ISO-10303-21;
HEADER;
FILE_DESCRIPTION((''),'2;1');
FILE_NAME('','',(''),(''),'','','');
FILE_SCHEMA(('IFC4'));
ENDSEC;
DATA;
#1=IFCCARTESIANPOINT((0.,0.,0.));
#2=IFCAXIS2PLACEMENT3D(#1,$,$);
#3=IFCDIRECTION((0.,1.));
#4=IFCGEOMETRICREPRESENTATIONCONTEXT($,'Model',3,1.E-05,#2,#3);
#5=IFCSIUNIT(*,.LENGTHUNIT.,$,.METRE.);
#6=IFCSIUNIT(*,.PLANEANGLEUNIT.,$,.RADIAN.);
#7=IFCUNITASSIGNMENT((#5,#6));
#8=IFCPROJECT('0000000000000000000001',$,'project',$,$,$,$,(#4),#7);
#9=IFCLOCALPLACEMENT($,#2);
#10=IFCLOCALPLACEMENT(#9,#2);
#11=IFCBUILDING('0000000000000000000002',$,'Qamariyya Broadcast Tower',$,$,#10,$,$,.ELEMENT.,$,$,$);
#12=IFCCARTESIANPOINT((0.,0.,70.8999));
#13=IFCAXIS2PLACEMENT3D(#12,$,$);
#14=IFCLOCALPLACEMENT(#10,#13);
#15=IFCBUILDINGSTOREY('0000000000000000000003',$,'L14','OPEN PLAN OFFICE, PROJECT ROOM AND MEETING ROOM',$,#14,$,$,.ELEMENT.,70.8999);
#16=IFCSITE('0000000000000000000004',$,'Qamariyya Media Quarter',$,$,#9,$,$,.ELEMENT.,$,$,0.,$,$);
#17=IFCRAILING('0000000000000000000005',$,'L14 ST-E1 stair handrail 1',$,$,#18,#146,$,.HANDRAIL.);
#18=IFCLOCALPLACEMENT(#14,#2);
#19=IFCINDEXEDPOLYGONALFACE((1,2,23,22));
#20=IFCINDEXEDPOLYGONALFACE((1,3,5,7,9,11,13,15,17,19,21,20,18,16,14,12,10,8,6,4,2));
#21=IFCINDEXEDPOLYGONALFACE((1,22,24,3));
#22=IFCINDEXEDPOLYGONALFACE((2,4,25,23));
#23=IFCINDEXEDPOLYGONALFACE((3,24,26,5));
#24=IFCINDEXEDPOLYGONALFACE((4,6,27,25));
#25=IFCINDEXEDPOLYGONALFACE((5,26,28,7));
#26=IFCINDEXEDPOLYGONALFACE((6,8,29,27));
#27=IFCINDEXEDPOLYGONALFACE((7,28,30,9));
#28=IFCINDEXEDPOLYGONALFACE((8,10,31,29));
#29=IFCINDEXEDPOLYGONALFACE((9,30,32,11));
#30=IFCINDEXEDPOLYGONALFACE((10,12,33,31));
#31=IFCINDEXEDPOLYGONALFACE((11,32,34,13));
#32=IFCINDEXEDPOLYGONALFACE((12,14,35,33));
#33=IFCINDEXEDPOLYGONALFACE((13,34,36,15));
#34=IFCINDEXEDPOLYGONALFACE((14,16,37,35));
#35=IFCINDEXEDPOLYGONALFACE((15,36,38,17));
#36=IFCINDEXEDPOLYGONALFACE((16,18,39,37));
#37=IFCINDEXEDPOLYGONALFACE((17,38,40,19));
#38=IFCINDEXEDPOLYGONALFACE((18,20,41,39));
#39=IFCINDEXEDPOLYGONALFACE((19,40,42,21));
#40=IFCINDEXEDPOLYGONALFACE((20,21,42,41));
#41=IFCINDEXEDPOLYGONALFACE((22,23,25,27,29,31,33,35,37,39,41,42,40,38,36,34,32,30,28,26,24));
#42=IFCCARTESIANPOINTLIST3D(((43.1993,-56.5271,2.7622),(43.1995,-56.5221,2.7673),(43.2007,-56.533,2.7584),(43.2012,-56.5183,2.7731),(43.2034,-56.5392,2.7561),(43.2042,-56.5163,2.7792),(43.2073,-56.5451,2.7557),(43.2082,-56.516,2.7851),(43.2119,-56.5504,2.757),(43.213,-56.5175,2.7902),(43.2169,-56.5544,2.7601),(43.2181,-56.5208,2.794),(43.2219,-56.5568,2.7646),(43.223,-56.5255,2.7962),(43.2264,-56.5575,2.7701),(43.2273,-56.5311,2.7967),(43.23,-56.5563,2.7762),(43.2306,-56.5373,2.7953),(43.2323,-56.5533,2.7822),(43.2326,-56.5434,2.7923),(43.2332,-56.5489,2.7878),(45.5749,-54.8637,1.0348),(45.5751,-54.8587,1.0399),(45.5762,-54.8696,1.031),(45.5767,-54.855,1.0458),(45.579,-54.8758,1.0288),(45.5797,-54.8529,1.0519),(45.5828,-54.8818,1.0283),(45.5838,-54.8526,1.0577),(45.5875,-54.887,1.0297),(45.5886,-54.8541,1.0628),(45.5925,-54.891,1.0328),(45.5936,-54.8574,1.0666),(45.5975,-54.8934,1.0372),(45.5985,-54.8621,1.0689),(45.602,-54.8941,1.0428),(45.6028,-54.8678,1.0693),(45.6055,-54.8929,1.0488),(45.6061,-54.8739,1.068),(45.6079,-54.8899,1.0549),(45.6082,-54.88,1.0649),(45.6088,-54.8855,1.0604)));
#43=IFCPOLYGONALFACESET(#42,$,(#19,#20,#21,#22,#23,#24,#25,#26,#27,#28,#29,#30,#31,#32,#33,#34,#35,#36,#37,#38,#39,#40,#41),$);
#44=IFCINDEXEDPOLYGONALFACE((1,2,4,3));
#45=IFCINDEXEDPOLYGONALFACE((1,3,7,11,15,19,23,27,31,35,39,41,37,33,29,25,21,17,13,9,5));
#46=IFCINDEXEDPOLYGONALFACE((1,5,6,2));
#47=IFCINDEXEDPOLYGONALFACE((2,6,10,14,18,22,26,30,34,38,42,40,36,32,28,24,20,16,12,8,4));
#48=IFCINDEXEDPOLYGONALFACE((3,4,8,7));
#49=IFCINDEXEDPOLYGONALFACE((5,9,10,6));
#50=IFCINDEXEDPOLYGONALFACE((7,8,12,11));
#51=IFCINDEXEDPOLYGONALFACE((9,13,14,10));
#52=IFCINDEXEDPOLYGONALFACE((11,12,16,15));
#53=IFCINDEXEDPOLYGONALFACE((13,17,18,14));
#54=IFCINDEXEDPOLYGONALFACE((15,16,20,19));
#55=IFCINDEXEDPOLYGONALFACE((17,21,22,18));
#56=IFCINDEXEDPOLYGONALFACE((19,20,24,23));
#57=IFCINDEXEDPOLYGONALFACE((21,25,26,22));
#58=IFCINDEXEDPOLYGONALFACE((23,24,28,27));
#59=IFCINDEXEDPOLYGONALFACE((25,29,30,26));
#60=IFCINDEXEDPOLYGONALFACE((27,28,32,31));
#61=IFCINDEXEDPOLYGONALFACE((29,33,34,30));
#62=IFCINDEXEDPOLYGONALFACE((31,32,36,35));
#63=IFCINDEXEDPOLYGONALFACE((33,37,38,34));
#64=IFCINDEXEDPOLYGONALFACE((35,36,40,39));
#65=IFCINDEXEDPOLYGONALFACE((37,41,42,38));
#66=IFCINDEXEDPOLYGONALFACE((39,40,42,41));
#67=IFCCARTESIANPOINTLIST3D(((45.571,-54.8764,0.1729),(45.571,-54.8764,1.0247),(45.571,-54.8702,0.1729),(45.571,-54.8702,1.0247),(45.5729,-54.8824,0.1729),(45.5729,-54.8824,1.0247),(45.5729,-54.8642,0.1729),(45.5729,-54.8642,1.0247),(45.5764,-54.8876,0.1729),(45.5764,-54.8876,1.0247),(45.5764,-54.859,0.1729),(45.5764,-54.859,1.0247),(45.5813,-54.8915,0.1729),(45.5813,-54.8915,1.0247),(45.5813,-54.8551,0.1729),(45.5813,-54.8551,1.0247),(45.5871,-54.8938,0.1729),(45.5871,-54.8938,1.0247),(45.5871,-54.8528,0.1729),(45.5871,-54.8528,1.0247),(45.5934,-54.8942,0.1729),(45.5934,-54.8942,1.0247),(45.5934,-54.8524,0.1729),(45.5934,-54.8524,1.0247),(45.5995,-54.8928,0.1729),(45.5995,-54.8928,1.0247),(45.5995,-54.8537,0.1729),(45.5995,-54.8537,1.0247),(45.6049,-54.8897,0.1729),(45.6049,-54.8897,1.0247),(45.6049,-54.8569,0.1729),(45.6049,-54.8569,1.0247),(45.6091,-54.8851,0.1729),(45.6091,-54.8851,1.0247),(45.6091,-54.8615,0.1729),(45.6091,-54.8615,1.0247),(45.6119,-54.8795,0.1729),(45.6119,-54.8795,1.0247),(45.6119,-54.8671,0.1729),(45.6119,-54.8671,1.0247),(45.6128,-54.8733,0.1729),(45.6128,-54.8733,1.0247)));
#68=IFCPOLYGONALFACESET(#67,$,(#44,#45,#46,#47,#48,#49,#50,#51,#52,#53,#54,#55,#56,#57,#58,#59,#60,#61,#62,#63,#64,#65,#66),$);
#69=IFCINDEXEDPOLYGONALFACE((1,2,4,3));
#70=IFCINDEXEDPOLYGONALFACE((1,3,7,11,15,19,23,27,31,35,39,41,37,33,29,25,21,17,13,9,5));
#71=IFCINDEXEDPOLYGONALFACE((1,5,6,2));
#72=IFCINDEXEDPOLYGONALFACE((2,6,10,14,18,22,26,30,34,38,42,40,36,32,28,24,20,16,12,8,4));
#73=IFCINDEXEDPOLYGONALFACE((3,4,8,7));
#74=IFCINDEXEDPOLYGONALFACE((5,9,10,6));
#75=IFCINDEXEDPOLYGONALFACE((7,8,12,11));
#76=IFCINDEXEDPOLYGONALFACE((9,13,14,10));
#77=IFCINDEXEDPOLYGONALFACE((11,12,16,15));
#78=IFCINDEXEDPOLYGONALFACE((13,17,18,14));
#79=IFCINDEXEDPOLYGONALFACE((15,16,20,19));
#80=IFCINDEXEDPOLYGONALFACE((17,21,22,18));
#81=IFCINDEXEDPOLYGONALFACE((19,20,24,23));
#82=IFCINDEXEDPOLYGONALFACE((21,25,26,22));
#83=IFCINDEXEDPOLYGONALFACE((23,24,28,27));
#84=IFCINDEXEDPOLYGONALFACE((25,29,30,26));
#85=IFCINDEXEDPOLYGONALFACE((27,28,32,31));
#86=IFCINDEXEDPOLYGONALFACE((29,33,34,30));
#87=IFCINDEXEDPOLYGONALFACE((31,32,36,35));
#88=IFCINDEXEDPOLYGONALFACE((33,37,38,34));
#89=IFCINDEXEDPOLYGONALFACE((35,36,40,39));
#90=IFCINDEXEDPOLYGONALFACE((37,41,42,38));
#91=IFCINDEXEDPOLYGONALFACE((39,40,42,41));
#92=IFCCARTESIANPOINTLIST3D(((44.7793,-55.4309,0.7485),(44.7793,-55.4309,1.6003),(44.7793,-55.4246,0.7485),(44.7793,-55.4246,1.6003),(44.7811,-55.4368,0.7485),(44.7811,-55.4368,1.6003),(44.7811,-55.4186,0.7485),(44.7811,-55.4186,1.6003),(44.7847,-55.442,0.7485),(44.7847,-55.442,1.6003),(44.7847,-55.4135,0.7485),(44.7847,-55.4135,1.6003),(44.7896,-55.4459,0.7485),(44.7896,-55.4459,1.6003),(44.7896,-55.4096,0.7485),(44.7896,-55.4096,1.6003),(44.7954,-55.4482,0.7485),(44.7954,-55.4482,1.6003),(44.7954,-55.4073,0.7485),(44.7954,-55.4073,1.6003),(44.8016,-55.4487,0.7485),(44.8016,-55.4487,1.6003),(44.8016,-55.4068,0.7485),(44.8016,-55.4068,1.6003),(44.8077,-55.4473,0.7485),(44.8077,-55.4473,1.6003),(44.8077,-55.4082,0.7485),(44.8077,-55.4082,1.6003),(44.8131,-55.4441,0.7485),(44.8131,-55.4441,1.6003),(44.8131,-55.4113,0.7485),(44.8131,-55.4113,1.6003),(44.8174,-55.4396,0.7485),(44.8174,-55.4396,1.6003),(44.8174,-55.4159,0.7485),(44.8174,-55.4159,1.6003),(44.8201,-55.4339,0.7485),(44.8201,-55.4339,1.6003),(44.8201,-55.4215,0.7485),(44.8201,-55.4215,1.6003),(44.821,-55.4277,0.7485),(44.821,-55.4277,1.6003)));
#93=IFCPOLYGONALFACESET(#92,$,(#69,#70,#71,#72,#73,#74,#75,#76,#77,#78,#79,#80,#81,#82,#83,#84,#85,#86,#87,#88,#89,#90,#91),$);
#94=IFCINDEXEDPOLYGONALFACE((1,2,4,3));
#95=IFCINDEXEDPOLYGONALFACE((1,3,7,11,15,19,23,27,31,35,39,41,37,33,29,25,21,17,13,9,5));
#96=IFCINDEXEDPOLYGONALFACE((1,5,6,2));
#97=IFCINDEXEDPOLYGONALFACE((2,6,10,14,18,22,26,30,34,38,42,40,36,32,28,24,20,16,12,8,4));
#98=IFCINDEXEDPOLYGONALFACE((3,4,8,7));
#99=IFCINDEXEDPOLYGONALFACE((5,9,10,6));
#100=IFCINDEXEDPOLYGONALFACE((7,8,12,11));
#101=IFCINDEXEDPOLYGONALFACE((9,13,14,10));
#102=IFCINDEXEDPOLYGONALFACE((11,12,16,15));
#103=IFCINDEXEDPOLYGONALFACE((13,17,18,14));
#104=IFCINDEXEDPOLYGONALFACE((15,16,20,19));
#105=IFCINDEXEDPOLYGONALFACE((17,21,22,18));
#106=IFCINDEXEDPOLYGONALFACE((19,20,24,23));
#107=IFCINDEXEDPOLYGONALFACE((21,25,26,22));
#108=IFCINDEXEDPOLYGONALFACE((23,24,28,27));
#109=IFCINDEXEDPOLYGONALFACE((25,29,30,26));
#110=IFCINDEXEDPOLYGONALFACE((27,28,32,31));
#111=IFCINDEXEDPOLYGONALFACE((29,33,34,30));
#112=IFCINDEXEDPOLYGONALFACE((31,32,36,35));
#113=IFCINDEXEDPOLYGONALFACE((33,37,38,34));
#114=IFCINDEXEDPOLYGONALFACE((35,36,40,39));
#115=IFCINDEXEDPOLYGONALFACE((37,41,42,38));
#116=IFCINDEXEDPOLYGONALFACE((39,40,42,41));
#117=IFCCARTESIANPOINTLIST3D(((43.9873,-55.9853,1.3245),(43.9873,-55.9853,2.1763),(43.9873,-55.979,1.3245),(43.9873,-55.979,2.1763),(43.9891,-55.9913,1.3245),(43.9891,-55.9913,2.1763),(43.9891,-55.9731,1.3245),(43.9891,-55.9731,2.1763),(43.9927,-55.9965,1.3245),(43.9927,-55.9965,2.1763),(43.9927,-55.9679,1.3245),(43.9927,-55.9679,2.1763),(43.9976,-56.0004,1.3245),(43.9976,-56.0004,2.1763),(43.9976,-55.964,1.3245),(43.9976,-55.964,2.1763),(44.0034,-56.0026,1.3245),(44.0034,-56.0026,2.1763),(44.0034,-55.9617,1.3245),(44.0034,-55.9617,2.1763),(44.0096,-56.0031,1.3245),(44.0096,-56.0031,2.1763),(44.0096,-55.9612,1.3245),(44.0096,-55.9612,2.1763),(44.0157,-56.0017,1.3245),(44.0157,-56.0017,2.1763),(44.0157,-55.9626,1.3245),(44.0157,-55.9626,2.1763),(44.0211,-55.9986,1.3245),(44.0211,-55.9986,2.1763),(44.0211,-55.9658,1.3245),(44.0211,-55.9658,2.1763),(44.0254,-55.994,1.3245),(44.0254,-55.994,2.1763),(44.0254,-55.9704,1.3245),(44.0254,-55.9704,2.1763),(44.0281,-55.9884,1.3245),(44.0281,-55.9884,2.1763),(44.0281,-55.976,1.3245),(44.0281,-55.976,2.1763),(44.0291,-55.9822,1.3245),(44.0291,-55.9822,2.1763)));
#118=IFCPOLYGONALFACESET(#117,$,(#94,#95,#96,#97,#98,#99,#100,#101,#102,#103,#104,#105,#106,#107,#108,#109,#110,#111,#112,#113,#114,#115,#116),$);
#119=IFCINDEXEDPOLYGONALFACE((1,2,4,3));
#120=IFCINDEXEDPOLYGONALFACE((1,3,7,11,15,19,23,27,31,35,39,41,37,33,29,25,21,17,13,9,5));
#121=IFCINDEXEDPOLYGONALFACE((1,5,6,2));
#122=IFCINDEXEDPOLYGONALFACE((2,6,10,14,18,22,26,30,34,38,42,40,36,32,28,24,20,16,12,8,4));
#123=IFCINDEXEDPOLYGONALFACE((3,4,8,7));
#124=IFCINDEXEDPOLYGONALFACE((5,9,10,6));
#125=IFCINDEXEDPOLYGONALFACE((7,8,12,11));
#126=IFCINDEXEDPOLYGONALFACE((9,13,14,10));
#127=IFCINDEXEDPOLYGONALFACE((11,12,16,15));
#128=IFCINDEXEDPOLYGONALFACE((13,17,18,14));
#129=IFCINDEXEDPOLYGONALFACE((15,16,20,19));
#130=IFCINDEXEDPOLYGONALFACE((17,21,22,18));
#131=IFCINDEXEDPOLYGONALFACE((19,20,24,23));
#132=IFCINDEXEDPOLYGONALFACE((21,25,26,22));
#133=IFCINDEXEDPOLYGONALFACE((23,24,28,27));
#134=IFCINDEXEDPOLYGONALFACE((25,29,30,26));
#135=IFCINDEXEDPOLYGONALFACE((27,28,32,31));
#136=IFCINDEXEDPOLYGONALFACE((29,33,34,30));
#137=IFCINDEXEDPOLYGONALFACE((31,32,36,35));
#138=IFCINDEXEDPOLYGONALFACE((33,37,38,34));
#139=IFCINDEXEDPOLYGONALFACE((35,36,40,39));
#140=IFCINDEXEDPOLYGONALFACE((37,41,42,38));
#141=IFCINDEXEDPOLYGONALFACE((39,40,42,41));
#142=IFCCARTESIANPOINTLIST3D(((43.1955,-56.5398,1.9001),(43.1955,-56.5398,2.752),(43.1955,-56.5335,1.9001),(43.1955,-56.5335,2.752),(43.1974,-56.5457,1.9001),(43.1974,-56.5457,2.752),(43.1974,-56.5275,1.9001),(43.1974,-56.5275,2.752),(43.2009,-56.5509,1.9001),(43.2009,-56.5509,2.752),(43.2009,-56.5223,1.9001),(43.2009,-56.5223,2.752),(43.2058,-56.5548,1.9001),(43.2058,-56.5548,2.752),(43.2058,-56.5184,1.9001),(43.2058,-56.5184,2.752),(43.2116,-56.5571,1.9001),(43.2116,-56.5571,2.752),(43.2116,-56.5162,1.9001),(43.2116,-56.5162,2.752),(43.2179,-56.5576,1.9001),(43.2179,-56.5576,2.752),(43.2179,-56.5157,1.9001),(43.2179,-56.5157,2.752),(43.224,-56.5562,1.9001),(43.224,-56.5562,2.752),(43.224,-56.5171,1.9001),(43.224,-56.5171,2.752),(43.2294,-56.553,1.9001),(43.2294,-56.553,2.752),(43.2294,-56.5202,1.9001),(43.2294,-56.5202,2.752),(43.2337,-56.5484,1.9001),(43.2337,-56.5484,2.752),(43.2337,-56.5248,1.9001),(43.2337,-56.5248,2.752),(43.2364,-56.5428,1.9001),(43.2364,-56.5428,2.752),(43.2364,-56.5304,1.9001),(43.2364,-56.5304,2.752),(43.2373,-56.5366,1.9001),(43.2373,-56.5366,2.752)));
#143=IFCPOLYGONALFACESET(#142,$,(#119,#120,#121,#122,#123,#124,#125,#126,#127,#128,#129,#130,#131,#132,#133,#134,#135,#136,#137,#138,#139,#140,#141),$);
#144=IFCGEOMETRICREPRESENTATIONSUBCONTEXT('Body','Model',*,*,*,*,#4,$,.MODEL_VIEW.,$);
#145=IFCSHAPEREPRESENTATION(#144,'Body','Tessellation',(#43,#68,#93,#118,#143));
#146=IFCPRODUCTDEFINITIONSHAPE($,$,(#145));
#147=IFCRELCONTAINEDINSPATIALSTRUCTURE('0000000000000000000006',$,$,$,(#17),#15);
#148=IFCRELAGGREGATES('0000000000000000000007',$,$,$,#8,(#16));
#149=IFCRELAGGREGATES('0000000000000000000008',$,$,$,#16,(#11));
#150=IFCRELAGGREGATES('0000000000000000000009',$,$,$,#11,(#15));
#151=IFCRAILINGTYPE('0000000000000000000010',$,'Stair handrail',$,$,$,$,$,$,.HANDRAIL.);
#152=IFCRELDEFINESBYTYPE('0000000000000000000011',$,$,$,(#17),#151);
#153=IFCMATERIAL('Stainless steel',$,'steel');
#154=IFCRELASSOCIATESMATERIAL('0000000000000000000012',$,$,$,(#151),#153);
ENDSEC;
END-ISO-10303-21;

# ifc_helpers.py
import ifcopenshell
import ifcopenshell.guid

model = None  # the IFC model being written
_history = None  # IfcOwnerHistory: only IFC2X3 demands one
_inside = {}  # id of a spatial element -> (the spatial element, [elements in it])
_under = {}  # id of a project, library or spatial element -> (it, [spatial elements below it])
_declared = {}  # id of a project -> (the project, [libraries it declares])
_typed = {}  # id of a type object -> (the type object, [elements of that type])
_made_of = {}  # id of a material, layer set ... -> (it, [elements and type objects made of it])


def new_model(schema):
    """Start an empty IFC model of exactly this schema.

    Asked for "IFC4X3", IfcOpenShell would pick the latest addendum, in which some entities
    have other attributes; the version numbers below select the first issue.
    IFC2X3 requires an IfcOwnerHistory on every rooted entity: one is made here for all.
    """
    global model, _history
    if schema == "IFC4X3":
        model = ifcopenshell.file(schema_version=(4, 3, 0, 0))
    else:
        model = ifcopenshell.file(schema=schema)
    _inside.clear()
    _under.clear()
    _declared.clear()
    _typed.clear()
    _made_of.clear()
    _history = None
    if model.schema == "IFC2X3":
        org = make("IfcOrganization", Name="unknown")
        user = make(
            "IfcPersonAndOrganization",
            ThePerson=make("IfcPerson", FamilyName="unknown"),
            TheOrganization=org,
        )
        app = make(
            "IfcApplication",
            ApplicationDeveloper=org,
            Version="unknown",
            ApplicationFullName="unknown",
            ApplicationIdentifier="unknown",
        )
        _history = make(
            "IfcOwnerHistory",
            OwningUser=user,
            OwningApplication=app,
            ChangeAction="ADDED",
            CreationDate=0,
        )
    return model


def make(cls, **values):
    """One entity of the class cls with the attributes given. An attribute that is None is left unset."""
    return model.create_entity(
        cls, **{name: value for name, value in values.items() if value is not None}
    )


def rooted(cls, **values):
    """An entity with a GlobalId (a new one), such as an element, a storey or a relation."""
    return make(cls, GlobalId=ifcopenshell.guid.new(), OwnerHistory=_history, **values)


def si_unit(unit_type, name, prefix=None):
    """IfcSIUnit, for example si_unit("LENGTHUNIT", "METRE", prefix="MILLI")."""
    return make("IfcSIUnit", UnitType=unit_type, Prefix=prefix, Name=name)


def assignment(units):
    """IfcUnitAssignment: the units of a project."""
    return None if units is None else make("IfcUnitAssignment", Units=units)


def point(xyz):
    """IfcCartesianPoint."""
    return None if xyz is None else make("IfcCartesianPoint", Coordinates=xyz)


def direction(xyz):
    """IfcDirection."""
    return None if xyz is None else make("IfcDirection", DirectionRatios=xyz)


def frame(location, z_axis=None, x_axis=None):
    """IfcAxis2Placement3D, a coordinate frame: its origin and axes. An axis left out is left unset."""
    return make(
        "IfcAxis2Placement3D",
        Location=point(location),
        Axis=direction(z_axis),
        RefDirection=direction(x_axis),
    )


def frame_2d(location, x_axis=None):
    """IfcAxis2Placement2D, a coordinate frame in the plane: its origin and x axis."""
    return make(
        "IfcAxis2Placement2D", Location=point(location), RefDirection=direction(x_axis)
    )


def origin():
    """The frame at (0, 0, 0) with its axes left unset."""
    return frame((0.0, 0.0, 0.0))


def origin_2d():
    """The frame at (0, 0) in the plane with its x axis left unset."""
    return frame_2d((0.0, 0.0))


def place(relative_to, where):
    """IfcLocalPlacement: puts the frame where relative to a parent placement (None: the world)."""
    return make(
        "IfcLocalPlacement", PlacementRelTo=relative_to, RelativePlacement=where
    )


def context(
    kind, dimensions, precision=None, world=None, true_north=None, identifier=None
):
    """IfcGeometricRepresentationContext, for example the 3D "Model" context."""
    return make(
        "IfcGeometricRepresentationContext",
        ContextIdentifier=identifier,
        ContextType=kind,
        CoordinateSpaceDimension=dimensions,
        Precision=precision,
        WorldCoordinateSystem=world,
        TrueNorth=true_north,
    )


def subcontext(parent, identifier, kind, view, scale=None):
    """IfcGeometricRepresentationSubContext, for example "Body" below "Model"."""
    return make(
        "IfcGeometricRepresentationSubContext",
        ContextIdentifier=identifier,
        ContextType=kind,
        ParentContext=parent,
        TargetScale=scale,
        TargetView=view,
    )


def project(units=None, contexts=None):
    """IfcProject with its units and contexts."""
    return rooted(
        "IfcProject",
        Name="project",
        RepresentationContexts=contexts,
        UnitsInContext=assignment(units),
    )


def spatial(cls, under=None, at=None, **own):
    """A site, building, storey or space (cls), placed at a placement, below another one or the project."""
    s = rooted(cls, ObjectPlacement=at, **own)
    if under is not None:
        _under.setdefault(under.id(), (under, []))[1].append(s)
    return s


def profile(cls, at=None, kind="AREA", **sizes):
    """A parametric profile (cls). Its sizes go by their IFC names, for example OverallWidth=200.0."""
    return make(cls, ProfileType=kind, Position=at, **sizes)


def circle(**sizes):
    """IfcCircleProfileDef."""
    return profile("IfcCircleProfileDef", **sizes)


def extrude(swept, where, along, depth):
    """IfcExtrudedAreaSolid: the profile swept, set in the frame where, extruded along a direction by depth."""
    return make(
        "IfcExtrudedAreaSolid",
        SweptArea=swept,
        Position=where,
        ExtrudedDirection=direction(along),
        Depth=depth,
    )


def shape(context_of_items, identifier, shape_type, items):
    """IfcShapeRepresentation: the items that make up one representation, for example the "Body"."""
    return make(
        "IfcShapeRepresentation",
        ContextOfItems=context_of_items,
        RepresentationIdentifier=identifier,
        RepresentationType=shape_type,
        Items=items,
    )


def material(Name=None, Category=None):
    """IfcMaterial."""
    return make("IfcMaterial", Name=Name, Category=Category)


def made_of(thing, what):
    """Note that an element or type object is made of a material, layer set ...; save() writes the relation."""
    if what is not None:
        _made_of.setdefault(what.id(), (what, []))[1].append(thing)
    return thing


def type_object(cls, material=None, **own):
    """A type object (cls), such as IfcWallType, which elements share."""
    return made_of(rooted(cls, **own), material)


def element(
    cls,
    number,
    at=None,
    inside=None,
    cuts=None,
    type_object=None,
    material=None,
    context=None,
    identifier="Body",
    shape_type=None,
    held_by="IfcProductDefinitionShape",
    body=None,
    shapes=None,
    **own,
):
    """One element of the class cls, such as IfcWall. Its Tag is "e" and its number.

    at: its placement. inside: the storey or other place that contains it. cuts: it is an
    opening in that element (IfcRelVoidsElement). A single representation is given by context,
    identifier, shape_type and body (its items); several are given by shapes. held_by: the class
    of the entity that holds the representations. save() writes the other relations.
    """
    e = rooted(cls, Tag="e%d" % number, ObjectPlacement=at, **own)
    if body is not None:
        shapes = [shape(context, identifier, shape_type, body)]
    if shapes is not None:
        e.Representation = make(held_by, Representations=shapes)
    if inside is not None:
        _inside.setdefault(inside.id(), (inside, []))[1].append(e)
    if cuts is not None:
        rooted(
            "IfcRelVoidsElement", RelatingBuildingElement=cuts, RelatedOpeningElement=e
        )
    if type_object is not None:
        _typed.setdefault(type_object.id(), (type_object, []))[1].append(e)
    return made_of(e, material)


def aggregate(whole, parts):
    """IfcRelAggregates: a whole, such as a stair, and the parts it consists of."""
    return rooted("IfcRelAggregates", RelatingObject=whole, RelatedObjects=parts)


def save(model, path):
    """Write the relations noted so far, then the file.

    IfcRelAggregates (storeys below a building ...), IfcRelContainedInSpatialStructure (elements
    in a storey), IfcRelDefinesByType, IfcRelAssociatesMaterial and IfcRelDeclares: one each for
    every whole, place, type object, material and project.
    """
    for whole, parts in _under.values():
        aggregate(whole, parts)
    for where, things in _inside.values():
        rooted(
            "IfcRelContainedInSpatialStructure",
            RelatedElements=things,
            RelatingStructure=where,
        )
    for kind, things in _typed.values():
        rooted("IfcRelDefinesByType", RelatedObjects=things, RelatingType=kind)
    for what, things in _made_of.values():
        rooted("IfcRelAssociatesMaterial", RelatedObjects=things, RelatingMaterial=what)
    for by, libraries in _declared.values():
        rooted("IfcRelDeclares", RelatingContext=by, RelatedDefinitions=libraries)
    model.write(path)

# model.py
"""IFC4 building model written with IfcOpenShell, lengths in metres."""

from ifc_helpers import new_model, si_unit, direction, frame, origin, origin_2d, place, context, subcontext, project, spatial, circle, extrude, material, type_object, element, save


model = new_model("IFC4")

# Units and contexts
model_context = context("Model", 3, precision=1e-05, world=origin(), true_north=direction((0.0, 1.0)))
body_context = subcontext(model_context, "Body", "Model", "MODEL_VIEW")
ifc_project = project(units=[si_unit("LENGTHUNIT", "METRE"), si_unit("PLANEANGLEUNIT", "RADIAN")], contexts=[model_context])

# Site, building, storey
site_placement = place(None, origin())
site = spatial("IfcSite", under=ifc_project, at=site_placement, Name="Qamariyya Media Quarter", CompositionType="ELEMENT", RefElevation=0.0)
building_placement = place(site_placement, origin())
building = spatial("IfcBuilding", under=site, at=building_placement, Name="Qamariyya Broadcast Tower", CompositionType="ELEMENT")
storey_placement = place(building_placement, frame((0.0, 0.0, 70.8999)))
storey = spatial("IfcBuildingStorey", under=building, at=storey_placement, Name="L14", Description="OPEN PLAN OFFICE, PROJECT ROOM AND MEETING ROOM", CompositionType="ELEMENT", Elevation=70.8999)

# Railing
ifc_material_1 = material(Name="Stainless steel", Category="steel")
railing_type_1 = type_object("IfcRailingType", Name="Stair handrail", PredefinedType="HANDRAIL", material=ifc_material_1)
railing_1_placement = place(storey_placement, frame((45.5918, -54.8733, 0.1729)))
element("IfcRailing", 1, at=railing_1_placement, inside=storey, type_object=railing_type_1, Name="L14 ST-E1 stair handrail 1", PredefinedType="HANDRAIL", context=body_context, shape_type="SweptSolid", body=[
    extrude(circle(Radius=0.0239, at=origin_2d()), frame((0.0, 0.0, 0.876), z_axis=(-0.70377, -0.492784, 0.511734), x_axis=(0.573575, -0.819153, 0.0)), (0.0, 0.0, 1.0), 3.3755),
    extrude(circle(Radius=0.021, at=origin_2d()), origin(), (0.0, 0.0, 1.0), 0.8518),
    extrude(circle(Radius=0.021, at=origin_2d()), frame((-0.7917, -0.5544, 0.5757)), (0.0, 0.0, 1.0), 0.8518),
    extrude(circle(Radius=0.021, at=origin_2d()), frame((-1.5837, -1.1089, 1.1516)), (0.0, 0.0, 1.0), 0.8518),
    extrude(circle(Radius=0.021, at=origin_2d()), frame((-2.3755, -1.6633, 1.7273)), (0.0, 0.0, 1.0), 0.8518),
])

save(model, "model.ifc")
